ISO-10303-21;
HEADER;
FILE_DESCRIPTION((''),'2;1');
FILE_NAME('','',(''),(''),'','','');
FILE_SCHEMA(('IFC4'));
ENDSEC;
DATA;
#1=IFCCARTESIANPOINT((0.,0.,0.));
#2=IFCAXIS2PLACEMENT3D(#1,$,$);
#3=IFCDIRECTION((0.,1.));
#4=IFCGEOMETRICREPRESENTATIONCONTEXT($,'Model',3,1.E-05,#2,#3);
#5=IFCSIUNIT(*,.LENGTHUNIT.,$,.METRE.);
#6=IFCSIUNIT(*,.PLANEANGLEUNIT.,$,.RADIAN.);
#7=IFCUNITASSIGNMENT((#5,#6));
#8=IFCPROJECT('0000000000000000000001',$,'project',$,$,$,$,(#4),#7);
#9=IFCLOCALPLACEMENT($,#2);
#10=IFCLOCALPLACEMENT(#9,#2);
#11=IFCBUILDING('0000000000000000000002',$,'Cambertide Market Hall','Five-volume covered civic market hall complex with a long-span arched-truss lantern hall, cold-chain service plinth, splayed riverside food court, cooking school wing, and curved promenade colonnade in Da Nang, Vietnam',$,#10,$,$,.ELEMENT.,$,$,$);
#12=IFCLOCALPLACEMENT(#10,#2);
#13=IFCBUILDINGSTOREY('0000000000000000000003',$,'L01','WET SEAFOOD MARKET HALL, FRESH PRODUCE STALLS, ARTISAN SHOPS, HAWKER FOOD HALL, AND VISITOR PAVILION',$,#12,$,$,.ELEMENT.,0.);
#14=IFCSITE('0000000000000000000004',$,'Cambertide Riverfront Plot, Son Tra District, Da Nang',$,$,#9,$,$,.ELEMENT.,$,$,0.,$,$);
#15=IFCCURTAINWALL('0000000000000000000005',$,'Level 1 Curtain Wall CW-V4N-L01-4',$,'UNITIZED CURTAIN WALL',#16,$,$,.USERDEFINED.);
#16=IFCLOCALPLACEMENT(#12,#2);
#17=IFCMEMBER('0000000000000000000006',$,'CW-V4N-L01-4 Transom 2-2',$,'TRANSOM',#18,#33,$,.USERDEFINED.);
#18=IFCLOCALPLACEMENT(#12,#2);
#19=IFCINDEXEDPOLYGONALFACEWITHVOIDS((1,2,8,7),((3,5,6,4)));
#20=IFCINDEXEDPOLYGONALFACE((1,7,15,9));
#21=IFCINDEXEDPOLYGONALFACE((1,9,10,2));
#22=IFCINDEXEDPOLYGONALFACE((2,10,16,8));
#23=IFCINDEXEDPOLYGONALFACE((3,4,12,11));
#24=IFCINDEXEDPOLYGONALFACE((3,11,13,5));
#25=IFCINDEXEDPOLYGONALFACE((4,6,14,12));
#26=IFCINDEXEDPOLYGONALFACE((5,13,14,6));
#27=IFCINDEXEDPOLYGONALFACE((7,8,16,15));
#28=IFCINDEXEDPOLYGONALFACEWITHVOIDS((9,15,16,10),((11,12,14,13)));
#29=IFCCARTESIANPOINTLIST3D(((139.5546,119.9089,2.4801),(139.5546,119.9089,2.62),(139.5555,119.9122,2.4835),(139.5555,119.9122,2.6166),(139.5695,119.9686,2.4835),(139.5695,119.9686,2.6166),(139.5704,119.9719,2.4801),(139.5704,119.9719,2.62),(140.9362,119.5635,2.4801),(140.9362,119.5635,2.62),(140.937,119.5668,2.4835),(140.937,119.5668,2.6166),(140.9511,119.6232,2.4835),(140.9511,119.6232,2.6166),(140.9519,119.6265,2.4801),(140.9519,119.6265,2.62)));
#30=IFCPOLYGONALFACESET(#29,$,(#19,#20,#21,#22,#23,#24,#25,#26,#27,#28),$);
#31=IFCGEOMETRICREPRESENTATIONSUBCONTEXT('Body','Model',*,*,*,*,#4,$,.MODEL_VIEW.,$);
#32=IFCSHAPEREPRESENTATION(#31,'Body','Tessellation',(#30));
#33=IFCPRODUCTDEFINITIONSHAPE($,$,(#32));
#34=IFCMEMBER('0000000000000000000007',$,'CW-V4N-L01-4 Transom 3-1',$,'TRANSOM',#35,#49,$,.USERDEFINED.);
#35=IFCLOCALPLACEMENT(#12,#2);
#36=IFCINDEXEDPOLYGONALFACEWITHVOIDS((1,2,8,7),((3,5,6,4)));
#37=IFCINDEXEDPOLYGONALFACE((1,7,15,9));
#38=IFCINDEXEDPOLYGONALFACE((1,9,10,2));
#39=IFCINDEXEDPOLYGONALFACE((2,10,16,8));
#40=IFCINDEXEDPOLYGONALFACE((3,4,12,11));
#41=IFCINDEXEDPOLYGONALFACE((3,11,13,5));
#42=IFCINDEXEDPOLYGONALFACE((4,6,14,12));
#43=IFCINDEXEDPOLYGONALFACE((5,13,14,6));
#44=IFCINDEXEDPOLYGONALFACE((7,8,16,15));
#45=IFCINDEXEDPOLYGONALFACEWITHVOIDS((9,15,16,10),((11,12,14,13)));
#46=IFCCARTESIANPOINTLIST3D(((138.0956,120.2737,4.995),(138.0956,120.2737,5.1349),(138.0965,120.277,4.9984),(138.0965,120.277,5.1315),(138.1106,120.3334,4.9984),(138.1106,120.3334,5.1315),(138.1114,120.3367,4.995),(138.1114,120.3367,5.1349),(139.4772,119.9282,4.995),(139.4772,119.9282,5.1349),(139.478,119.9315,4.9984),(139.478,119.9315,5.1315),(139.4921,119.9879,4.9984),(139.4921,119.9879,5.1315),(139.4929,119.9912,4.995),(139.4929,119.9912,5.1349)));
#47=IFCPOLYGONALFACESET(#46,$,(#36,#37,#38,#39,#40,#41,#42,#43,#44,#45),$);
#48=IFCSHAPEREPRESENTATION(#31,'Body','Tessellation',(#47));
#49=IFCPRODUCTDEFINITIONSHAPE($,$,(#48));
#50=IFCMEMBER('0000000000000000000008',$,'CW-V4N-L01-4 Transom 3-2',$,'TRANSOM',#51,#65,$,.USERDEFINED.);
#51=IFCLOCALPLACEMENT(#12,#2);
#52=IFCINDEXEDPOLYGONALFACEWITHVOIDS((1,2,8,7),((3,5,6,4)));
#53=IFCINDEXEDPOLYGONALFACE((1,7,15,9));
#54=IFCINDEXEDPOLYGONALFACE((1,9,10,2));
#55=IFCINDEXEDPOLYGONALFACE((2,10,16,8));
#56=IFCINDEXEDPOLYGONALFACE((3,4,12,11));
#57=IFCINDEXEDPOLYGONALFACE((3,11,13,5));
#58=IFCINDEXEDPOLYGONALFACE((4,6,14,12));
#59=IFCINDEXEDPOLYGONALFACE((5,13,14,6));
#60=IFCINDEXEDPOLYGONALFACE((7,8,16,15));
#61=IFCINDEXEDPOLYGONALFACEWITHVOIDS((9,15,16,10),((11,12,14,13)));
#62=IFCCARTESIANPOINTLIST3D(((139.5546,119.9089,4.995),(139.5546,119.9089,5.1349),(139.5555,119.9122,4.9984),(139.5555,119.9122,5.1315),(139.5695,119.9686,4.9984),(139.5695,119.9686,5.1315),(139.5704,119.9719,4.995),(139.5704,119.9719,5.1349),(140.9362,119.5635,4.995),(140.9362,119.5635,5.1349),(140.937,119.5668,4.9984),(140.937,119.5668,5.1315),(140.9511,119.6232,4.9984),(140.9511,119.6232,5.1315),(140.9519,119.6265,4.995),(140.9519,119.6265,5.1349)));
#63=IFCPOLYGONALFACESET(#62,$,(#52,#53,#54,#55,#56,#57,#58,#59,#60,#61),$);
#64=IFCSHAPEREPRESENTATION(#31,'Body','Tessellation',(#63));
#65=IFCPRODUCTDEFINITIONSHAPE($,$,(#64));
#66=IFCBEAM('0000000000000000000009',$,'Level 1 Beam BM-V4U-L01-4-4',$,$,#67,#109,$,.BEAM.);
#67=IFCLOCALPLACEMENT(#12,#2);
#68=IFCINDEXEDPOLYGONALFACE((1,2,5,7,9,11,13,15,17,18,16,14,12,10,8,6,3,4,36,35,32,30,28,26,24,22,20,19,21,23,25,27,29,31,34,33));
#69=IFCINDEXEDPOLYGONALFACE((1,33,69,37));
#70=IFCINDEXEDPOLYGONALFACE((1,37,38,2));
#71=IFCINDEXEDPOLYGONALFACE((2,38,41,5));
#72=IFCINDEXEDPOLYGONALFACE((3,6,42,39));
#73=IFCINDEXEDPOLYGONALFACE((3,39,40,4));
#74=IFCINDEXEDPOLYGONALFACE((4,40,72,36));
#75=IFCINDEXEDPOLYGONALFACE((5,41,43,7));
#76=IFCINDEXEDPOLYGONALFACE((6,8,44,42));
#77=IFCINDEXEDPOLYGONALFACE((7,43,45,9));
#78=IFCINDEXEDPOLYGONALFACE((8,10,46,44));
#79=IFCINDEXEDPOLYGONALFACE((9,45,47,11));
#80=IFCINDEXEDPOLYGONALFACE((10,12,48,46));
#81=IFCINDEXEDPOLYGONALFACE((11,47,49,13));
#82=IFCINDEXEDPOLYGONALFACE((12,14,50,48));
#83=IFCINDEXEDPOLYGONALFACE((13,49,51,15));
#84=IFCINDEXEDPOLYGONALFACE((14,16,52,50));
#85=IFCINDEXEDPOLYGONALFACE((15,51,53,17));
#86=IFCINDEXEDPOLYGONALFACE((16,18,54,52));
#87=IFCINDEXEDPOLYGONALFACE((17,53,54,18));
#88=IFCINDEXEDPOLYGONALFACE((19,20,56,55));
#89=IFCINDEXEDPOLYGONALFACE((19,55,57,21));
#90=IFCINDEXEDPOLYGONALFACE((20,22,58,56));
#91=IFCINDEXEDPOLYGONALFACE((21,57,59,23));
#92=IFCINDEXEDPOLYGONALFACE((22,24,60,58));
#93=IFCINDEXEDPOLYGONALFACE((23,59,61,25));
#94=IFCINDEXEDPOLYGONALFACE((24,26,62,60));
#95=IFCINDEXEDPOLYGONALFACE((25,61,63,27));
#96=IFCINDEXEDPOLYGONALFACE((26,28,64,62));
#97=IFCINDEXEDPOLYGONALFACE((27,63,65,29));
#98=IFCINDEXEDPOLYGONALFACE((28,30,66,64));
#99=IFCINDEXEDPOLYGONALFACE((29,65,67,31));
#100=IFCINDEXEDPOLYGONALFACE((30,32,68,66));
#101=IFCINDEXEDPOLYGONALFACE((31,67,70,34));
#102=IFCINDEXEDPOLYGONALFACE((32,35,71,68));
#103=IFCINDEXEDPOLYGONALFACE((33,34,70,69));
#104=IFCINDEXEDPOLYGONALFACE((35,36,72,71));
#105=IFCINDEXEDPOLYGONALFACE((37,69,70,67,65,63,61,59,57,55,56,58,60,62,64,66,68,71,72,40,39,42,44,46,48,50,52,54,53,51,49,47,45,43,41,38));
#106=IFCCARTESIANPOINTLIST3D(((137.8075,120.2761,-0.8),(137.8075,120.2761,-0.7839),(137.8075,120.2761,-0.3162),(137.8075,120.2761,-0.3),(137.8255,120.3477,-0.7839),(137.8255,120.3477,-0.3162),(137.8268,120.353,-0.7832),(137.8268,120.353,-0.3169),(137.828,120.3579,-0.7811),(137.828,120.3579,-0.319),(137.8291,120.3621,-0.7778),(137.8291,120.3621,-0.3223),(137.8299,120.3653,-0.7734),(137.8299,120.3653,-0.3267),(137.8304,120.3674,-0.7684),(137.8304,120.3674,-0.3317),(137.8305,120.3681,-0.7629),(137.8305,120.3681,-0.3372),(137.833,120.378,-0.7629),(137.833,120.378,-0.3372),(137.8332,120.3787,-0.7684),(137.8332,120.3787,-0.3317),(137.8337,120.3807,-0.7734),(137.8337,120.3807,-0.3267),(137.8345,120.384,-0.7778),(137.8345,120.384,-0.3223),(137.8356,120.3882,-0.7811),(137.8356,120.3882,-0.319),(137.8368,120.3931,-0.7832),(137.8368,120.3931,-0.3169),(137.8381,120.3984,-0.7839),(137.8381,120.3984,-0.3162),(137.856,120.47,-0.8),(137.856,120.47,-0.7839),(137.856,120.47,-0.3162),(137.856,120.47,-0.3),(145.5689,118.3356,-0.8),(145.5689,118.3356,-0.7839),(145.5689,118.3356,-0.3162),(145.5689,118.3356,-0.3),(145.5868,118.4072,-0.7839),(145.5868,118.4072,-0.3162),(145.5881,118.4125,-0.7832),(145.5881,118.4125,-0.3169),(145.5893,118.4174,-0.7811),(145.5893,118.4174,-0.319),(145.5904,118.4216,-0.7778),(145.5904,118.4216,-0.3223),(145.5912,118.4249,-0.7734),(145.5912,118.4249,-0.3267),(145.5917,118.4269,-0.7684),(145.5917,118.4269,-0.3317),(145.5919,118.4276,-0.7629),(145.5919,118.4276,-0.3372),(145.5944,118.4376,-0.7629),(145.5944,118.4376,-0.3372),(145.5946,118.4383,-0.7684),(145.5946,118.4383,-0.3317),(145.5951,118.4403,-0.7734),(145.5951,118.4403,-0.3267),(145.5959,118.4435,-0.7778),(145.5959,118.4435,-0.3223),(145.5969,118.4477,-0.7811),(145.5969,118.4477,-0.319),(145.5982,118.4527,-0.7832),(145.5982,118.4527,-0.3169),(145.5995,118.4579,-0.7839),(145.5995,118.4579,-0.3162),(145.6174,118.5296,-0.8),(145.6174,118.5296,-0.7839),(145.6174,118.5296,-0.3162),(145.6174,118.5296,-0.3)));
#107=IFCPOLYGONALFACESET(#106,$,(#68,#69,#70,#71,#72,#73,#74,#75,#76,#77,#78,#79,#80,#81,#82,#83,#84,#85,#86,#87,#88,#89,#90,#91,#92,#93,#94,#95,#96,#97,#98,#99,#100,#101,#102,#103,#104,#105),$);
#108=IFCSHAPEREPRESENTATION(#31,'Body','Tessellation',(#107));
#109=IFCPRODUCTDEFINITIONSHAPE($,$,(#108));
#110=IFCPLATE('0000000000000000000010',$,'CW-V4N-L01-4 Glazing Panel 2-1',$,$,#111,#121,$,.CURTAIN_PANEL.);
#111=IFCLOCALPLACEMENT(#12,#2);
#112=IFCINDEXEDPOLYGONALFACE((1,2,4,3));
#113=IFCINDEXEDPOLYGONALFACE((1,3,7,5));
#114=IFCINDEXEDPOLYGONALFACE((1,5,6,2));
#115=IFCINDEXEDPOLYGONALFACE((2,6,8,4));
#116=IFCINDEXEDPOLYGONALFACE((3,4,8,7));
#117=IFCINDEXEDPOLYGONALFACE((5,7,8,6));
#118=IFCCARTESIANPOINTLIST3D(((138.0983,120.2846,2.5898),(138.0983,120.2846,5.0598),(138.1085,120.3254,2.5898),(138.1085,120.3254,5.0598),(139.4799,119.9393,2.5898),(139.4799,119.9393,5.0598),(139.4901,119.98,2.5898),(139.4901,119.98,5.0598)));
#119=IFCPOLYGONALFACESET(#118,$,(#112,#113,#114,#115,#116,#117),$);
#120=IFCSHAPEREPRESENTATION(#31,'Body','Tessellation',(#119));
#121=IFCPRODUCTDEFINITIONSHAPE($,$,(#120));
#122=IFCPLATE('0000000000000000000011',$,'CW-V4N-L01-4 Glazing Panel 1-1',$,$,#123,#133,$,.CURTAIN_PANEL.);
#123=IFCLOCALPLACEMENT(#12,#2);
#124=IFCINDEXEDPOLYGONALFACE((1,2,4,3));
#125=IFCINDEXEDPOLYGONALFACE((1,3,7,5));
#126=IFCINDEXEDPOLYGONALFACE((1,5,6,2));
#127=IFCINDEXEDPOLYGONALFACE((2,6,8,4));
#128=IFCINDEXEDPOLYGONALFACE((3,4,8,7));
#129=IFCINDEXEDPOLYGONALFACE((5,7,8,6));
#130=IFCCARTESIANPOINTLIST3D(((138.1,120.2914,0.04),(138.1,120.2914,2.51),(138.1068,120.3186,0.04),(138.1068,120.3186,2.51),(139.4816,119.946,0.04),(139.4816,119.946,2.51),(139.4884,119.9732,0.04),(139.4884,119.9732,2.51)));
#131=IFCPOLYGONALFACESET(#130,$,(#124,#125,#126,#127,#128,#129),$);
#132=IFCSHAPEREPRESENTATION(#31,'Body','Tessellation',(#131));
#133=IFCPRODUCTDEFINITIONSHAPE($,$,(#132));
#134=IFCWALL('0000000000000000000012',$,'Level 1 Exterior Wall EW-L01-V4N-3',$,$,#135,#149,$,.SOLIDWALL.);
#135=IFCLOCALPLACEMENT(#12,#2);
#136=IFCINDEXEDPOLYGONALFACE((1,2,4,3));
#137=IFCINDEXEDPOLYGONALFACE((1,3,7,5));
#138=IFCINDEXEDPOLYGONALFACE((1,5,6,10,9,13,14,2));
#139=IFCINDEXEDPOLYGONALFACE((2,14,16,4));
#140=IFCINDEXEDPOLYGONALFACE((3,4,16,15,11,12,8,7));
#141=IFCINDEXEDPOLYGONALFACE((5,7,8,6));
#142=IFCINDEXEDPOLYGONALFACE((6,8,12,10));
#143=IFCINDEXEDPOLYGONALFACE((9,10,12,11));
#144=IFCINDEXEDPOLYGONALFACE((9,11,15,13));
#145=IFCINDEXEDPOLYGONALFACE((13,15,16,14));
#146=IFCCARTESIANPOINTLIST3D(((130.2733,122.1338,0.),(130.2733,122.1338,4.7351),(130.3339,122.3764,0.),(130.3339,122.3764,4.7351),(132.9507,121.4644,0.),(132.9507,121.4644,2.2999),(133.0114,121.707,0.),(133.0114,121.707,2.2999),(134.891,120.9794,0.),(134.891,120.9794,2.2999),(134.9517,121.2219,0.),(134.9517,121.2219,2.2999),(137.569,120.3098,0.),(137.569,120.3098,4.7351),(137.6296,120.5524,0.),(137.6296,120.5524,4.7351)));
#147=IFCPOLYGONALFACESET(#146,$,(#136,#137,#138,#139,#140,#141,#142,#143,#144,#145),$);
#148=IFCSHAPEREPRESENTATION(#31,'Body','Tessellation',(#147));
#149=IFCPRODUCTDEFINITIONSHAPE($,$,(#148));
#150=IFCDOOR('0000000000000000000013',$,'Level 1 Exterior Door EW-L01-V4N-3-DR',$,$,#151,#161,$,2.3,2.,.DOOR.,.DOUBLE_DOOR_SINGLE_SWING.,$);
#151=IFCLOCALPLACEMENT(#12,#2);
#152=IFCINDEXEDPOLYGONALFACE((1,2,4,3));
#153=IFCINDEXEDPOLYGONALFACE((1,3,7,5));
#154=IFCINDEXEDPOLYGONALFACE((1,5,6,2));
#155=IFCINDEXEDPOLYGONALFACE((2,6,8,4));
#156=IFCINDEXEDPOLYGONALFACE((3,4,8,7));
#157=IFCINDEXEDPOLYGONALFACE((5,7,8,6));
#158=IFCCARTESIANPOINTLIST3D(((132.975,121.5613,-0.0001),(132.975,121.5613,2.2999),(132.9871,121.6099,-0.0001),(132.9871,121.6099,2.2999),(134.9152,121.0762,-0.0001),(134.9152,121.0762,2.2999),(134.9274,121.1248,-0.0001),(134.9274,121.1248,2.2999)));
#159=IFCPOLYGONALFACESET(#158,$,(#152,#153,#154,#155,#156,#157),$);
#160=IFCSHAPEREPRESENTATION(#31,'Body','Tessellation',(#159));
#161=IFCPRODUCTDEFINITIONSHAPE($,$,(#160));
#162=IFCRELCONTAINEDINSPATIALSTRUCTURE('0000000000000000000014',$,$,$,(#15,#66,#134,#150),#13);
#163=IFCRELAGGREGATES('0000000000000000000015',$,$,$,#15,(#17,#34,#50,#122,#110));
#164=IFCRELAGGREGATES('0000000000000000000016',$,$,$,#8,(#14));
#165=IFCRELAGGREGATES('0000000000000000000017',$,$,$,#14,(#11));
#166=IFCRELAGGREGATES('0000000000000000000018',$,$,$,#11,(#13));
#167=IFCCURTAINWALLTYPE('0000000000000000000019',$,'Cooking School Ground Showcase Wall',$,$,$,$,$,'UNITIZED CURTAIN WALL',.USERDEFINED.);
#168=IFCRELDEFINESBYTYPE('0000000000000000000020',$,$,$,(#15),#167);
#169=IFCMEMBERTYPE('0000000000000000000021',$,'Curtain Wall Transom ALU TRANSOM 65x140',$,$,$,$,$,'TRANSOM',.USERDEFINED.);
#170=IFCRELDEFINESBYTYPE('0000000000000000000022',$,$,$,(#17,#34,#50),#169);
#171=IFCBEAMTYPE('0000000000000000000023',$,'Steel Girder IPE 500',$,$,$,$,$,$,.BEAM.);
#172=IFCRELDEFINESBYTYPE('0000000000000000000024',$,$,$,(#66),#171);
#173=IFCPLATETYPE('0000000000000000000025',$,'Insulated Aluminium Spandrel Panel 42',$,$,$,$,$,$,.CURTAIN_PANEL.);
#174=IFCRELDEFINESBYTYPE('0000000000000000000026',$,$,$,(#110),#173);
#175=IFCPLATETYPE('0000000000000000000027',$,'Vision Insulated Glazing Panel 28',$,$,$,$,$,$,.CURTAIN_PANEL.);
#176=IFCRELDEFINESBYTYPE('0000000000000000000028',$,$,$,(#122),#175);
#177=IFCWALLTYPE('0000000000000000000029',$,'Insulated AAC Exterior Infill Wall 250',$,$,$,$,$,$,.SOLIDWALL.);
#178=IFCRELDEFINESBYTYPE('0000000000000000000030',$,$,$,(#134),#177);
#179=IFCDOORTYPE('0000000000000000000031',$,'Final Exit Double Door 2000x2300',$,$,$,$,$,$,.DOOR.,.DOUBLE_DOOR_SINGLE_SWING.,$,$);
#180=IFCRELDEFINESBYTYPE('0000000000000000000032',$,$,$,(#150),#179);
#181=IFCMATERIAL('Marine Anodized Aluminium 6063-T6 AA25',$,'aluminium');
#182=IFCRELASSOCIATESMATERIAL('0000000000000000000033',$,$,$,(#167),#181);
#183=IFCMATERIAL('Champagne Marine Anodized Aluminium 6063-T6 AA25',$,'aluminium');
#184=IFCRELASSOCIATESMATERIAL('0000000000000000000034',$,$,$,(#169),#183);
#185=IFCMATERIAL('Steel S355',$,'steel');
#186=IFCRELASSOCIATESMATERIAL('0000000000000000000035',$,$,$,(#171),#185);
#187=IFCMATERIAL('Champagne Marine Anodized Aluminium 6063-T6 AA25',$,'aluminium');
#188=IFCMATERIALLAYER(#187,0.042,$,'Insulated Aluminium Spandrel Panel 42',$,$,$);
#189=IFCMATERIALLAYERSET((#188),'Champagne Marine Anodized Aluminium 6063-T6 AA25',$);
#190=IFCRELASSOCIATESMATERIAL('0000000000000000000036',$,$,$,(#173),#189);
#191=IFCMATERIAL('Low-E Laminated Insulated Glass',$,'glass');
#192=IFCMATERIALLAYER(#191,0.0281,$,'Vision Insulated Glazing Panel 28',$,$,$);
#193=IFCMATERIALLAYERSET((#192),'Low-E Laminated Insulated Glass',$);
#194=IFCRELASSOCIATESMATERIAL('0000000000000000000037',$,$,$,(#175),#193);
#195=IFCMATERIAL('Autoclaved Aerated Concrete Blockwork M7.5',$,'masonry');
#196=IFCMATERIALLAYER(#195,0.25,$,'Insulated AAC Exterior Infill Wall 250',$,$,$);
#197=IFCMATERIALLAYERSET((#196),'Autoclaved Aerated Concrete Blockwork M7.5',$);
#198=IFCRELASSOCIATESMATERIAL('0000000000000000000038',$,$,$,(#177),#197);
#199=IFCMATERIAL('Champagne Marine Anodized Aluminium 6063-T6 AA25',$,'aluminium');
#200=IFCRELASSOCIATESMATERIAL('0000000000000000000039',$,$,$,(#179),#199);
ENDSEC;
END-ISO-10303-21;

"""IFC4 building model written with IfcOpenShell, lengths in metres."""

from ifc_helpers import new_model, si_unit, direction, frame, frame_2d, origin, origin_2d, place, context, subcontext, project, spatial, rectangle, hollow_rectangle, i_section, extrude, material, layer, layer_set, material_profile, profile_set, type_object, element, fill, aggregate, save


model = new_model("IFC4")

# Units and contexts
model_context = context("Model", 3, precision=1e-05, world=origin(), true_north=direction((0.0, 1.0)))
body_context = subcontext(model_context, "Body", "Model", "MODEL_VIEW")
ifc_project = project(units=[si_unit("LENGTHUNIT", "METRE"), si_unit("PLANEANGLEUNIT", "RADIAN")], contexts=[model_context])

# Site, building, storey
site_placement = place(None, origin())
site = spatial("IfcSite", under=ifc_project, at=site_placement, Name="Cambertide Riverfront Plot, Son Tra District, Da Nang", CompositionType="ELEMENT", RefElevation=0.0)
building_placement = place(site_placement, origin())
building = spatial("IfcBuilding", under=site, at=building_placement, Name="Cambertide Market Hall", Description="Five-volume covered civic market hall complex with a long-span arched-truss lantern hall, cold-chain service plinth, splayed riverside food court, cooking school wing, and curved promenade colonnade in Da Nang, Vietnam", CompositionType="ELEMENT")
storey_placement = place(building_placement, origin())
storey = spatial("IfcBuildingStorey", under=building, at=storey_placement, Name="L01", Description="WET SEAFOOD MARKET HALL, FRESH PRODUCE STALLS, ARTISAN SHOPS, HAWKER FOOD HALL, AND VISITOR PAVILION", CompositionType="ELEMENT", Elevation=0.0)

# Curtain wall, members
ifc_material_1 = material(Name="Marine Anodized Aluminium 6063-T6 AA25", Category="aluminium")
curtain_wall_type = type_object("IfcCurtainWallType", Name="Cooking School Ground Showcase Wall", ElementType="UNITIZED CURTAIN WALL", PredefinedType="USERDEFINED", material=ifc_material_1)
curtain_wall_placement = place(storey_placement, origin())
curtain_wall = element("IfcCurtainWall", 1, at=curtain_wall_placement, inside=storey, type_object=curtain_wall_type, Name="Level 1 Curtain Wall CW-V4N-L01-4", ObjectType="UNITIZED CURTAIN WALL", PredefinedType="USERDEFINED")
ifc_material_2 = material(Name="Champagne Marine Anodized Aluminium 6063-T6 AA25", Category="aluminium")
ifc_material_profile_1 = material_profile(ifc_material_2, hollow_rectangle(XDim=0.0649, YDim=0.1399, WallThickness=0.0034, at=origin_2d()), Name="ALU TRANSOM 65x140")
ifc_profile_set_1 = profile_set([ifc_material_profile_1], Name="Champagne Marine Anodized Aluminium 6063-T6 AA25")
member_type_1 = type_object("IfcMemberType", Name="Curtain Wall Transom ALU TRANSOM 65x140", ElementType="TRANSOM", PredefinedType="USERDEFINED", material=ifc_profile_set_1)
member_1_placement = place(storey_placement, frame((139.5625, 119.9404, 2.55), z_axis=(0.970132, -0.242576, 0.0), x_axis=(0.242576, 0.970132, 0.0)))
member_1 = element("IfcMember", 2, at=member_1_placement, type_object=member_type_1, Name="CW-V4N-L01-4 Transom 2-2", ObjectType="TRANSOM", PredefinedType="USERDEFINED", context=body_context, shape_type="SweptSolid", body=[
    extrude(hollow_rectangle(XDim=0.0649, YDim=0.1399, WallThickness=0.0034, at=origin_2d()), origin(), (0.0, 0.0, 1.0), 1.4241),
])
member_2_placement = place(storey_placement, frame((138.1035, 120.3052, 5.0649), z_axis=(0.970132, -0.242576, 0.0), x_axis=(0.242576, 0.970132, 0.0)))
member_2 = element("IfcMember", 3, at=member_2_placement, type_object=member_type_1, Name="CW-V4N-L01-4 Transom 3-1", ObjectType="TRANSOM", PredefinedType="USERDEFINED", context=body_context, shape_type="SweptSolid", body=[
    extrude(hollow_rectangle(XDim=0.0649, YDim=0.1399, WallThickness=0.0034, at=origin_2d()), origin(), (0.0, 0.0, 1.0), 1.4241),
])
member_3_placement = place(storey_placement, frame((139.5625, 119.9404, 5.0649), z_axis=(0.970132, -0.242576, 0.0), x_axis=(0.242576, 0.970132, 0.0)))
member_3 = element("IfcMember", 4, at=member_3_placement, type_object=member_type_1, Name="CW-V4N-L01-4 Transom 3-2", ObjectType="TRANSOM", PredefinedType="USERDEFINED", context=body_context, shape_type="SweptSolid", body=[
    extrude(hollow_rectangle(XDim=0.0649, YDim=0.1399, WallThickness=0.0034, at=origin_2d()), origin(), (0.0, 0.0, 1.0), 1.4241),
])

# Beam
ifc_material_3 = material(Name="Steel S355", Category="steel")
ifc_material_profile_2 = material_profile(ifc_material_3, i_section(OverallWidth=0.2, OverallDepth=0.5, WebThickness=0.0103, FlangeThickness=0.0161, FilletRadius=0.021, at=origin_2d()), Name="IPE 500")
ifc_profile_set_2 = profile_set([ifc_material_profile_2], Name="Steel S355")
beam_type = type_object("IfcBeamType", Name="Steel Girder IPE 500", PredefinedType="BEAM", material=ifc_profile_set_2)
beam_placement = place(storey_placement, frame((137.8318, 120.373, -0.55), z_axis=(0.970139, -0.24255, 0.0), x_axis=(0.24255, 0.970139, 0.0)))
element("IfcBeam", 5, at=beam_placement, inside=storey, type_object=beam_type, Name="Level 1 Beam BM-V4U-L01-4-4", PredefinedType="BEAM", context=body_context, shape_type="SweptSolid", body=[
    extrude(i_section(OverallWidth=0.2, OverallDepth=0.5, WebThickness=0.0103, FlangeThickness=0.0161, FilletRadius=0.021, at=origin_2d()), origin(), (0.0, 0.0, 1.0), 8.0002),
])

# Plates
ifc_material_4 = material(Name="Champagne Marine Anodized Aluminium 6063-T6 AA25", Category="aluminium")
ifc_layer_1 = layer(ifc_material_4, 0.042, Name="Insulated Aluminium Spandrel Panel 42")
ifc_layer_set_1 = layer_set([ifc_layer_1], Name="Champagne Marine Anodized Aluminium 6063-T6 AA25")
plate_type_1 = type_object("IfcPlateType", Name="Insulated Aluminium Spandrel Panel 42", PredefinedType="CURTAIN_PANEL", material=ifc_layer_set_1)
plate_1_placement = place(storey_placement, frame((138.7942, 120.1323, 2.5898), z_axis=(0.0, 0.0, 1.0), x_axis=(0.970143, -0.242536, 0.0)))
plate_1 = element("IfcPlate", 6, at=plate_1_placement, type_object=plate_type_1, Name="CW-V4N-L01-4 Glazing Panel 2-1", PredefinedType="CURTAIN_PANEL", context=body_context, shape_type="SweptSolid", body=[
    extrude(rectangle(XDim=1.4241, YDim=0.042, at=origin_2d()), origin(), (0.0, 0.0, 1.0), 2.47),
])
ifc_material_5 = material(Name="Low-E Laminated Insulated Glass", Category="glass")
ifc_layer_2 = layer(ifc_material_5, 0.0281, Name="Vision Insulated Glazing Panel 28")
ifc_layer_set_2 = layer_set([ifc_layer_2], Name="Low-E Laminated Insulated Glass")
plate_type_2 = type_object("IfcPlateType", Name="Vision Insulated Glazing Panel 28", PredefinedType="CURTAIN_PANEL", material=ifc_layer_set_2)
plate_2_placement = place(storey_placement, frame((138.7942, 120.1323, 0.04), z_axis=(0.0, 0.0, 1.0), x_axis=(0.970143, -0.242536, 0.0)))
plate_2 = element("IfcPlate", 7, at=plate_2_placement, type_object=plate_type_2, Name="CW-V4N-L01-4 Glazing Panel 1-1", PredefinedType="CURTAIN_PANEL", context=body_context, shape_type="SweptSolid", body=[
    extrude(rectangle(XDim=1.4241, YDim=0.0281, at=origin_2d()), origin(), (0.0, 0.0, 1.0), 2.47),
])
aggregate(curtain_wall, [member_1, member_2, member_3, plate_2, plate_1])

# Wall, opening, door
ifc_material_6 = material(Name="Autoclaved Aerated Concrete Blockwork M7.5", Category="masonry")
ifc_layer_3 = layer(ifc_material_6, 0.25, Name="Insulated AAC Exterior Infill Wall 250")
ifc_layer_set_3 = layer_set([ifc_layer_3], Name="Autoclaved Aerated Concrete Blockwork M7.5")
wall_type = type_object("IfcWallType", Name="Insulated AAC Exterior Infill Wall 250", PredefinedType="SOLIDWALL", material=ifc_layer_set_3)
wall_placement = place(storey_placement, frame((130.3035, 122.2551, 0.0), z_axis=(0.0, 0.0, 1.0), x_axis=(0.970141, -0.242543, 0.0)))
wall = element("IfcWall", 8, at=wall_placement, inside=storey, type_object=wall_type, Name="Level 1 Exterior Wall EW-L01-V4N-3", PredefinedType="SOLIDWALL", context=body_context, shape_type="SweptSolid", body=[
    extrude(rectangle(XDim=7.5203, YDim=0.25, at=frame_2d((3.7603, 0.0))), origin(), (0.0, 0.0, 1.0), 4.7351),
])
opening_placement = place(wall_placement, frame((2.76, 0.0, 0.0)))
opening = element("IfcOpeningElement", 9, at=opening_placement, cuts=wall, PredefinedType="OPENING", context=body_context, shape_type="SweptSolid", body=[
    extrude(rectangle(XDim=2.0, YDim=2.3, at=frame_2d((1.0, 1.1499))), frame((0.0, 0.135, 0.0), z_axis=(0.0, -1.0, 0.0), x_axis=(1.0, 0.0, 0.0)), (0.0, 0.0, 1.0), 0.27),
])
ifc_material_7 = material(Name="Champagne Marine Anodized Aluminium 6063-T6 AA25", Category="aluminium")
door_type = type_object("IfcDoorType", Name="Final Exit Double Door 2000x2300", OperationType="DOUBLE_DOOR_SINGLE_SWING", PredefinedType="DOOR", material=ifc_material_7)
door_placement = place(opening_placement, origin())
door = element("IfcDoor", 10, at=door_placement, inside=storey, type_object=door_type, Name="Level 1 Exterior Door EW-L01-V4N-3-DR", OperationType="DOUBLE_DOOR_SINGLE_SWING", OverallHeight=2.3, OverallWidth=2.0, PredefinedType="DOOR", context=body_context, shape_type="SweptSolid", body=[
    extrude(rectangle(XDim=2.0, YDim=2.3, at=frame_2d((1.0, 1.1499))), frame((0.0, 0.0249, 0.0), z_axis=(0.0, -1.0, 0.0), x_axis=(1.0, 0.0, 0.0)), (0.0, 0.0, 1.0), 0.05),
])
fill(opening, door)

save(model, "model.ifc")
